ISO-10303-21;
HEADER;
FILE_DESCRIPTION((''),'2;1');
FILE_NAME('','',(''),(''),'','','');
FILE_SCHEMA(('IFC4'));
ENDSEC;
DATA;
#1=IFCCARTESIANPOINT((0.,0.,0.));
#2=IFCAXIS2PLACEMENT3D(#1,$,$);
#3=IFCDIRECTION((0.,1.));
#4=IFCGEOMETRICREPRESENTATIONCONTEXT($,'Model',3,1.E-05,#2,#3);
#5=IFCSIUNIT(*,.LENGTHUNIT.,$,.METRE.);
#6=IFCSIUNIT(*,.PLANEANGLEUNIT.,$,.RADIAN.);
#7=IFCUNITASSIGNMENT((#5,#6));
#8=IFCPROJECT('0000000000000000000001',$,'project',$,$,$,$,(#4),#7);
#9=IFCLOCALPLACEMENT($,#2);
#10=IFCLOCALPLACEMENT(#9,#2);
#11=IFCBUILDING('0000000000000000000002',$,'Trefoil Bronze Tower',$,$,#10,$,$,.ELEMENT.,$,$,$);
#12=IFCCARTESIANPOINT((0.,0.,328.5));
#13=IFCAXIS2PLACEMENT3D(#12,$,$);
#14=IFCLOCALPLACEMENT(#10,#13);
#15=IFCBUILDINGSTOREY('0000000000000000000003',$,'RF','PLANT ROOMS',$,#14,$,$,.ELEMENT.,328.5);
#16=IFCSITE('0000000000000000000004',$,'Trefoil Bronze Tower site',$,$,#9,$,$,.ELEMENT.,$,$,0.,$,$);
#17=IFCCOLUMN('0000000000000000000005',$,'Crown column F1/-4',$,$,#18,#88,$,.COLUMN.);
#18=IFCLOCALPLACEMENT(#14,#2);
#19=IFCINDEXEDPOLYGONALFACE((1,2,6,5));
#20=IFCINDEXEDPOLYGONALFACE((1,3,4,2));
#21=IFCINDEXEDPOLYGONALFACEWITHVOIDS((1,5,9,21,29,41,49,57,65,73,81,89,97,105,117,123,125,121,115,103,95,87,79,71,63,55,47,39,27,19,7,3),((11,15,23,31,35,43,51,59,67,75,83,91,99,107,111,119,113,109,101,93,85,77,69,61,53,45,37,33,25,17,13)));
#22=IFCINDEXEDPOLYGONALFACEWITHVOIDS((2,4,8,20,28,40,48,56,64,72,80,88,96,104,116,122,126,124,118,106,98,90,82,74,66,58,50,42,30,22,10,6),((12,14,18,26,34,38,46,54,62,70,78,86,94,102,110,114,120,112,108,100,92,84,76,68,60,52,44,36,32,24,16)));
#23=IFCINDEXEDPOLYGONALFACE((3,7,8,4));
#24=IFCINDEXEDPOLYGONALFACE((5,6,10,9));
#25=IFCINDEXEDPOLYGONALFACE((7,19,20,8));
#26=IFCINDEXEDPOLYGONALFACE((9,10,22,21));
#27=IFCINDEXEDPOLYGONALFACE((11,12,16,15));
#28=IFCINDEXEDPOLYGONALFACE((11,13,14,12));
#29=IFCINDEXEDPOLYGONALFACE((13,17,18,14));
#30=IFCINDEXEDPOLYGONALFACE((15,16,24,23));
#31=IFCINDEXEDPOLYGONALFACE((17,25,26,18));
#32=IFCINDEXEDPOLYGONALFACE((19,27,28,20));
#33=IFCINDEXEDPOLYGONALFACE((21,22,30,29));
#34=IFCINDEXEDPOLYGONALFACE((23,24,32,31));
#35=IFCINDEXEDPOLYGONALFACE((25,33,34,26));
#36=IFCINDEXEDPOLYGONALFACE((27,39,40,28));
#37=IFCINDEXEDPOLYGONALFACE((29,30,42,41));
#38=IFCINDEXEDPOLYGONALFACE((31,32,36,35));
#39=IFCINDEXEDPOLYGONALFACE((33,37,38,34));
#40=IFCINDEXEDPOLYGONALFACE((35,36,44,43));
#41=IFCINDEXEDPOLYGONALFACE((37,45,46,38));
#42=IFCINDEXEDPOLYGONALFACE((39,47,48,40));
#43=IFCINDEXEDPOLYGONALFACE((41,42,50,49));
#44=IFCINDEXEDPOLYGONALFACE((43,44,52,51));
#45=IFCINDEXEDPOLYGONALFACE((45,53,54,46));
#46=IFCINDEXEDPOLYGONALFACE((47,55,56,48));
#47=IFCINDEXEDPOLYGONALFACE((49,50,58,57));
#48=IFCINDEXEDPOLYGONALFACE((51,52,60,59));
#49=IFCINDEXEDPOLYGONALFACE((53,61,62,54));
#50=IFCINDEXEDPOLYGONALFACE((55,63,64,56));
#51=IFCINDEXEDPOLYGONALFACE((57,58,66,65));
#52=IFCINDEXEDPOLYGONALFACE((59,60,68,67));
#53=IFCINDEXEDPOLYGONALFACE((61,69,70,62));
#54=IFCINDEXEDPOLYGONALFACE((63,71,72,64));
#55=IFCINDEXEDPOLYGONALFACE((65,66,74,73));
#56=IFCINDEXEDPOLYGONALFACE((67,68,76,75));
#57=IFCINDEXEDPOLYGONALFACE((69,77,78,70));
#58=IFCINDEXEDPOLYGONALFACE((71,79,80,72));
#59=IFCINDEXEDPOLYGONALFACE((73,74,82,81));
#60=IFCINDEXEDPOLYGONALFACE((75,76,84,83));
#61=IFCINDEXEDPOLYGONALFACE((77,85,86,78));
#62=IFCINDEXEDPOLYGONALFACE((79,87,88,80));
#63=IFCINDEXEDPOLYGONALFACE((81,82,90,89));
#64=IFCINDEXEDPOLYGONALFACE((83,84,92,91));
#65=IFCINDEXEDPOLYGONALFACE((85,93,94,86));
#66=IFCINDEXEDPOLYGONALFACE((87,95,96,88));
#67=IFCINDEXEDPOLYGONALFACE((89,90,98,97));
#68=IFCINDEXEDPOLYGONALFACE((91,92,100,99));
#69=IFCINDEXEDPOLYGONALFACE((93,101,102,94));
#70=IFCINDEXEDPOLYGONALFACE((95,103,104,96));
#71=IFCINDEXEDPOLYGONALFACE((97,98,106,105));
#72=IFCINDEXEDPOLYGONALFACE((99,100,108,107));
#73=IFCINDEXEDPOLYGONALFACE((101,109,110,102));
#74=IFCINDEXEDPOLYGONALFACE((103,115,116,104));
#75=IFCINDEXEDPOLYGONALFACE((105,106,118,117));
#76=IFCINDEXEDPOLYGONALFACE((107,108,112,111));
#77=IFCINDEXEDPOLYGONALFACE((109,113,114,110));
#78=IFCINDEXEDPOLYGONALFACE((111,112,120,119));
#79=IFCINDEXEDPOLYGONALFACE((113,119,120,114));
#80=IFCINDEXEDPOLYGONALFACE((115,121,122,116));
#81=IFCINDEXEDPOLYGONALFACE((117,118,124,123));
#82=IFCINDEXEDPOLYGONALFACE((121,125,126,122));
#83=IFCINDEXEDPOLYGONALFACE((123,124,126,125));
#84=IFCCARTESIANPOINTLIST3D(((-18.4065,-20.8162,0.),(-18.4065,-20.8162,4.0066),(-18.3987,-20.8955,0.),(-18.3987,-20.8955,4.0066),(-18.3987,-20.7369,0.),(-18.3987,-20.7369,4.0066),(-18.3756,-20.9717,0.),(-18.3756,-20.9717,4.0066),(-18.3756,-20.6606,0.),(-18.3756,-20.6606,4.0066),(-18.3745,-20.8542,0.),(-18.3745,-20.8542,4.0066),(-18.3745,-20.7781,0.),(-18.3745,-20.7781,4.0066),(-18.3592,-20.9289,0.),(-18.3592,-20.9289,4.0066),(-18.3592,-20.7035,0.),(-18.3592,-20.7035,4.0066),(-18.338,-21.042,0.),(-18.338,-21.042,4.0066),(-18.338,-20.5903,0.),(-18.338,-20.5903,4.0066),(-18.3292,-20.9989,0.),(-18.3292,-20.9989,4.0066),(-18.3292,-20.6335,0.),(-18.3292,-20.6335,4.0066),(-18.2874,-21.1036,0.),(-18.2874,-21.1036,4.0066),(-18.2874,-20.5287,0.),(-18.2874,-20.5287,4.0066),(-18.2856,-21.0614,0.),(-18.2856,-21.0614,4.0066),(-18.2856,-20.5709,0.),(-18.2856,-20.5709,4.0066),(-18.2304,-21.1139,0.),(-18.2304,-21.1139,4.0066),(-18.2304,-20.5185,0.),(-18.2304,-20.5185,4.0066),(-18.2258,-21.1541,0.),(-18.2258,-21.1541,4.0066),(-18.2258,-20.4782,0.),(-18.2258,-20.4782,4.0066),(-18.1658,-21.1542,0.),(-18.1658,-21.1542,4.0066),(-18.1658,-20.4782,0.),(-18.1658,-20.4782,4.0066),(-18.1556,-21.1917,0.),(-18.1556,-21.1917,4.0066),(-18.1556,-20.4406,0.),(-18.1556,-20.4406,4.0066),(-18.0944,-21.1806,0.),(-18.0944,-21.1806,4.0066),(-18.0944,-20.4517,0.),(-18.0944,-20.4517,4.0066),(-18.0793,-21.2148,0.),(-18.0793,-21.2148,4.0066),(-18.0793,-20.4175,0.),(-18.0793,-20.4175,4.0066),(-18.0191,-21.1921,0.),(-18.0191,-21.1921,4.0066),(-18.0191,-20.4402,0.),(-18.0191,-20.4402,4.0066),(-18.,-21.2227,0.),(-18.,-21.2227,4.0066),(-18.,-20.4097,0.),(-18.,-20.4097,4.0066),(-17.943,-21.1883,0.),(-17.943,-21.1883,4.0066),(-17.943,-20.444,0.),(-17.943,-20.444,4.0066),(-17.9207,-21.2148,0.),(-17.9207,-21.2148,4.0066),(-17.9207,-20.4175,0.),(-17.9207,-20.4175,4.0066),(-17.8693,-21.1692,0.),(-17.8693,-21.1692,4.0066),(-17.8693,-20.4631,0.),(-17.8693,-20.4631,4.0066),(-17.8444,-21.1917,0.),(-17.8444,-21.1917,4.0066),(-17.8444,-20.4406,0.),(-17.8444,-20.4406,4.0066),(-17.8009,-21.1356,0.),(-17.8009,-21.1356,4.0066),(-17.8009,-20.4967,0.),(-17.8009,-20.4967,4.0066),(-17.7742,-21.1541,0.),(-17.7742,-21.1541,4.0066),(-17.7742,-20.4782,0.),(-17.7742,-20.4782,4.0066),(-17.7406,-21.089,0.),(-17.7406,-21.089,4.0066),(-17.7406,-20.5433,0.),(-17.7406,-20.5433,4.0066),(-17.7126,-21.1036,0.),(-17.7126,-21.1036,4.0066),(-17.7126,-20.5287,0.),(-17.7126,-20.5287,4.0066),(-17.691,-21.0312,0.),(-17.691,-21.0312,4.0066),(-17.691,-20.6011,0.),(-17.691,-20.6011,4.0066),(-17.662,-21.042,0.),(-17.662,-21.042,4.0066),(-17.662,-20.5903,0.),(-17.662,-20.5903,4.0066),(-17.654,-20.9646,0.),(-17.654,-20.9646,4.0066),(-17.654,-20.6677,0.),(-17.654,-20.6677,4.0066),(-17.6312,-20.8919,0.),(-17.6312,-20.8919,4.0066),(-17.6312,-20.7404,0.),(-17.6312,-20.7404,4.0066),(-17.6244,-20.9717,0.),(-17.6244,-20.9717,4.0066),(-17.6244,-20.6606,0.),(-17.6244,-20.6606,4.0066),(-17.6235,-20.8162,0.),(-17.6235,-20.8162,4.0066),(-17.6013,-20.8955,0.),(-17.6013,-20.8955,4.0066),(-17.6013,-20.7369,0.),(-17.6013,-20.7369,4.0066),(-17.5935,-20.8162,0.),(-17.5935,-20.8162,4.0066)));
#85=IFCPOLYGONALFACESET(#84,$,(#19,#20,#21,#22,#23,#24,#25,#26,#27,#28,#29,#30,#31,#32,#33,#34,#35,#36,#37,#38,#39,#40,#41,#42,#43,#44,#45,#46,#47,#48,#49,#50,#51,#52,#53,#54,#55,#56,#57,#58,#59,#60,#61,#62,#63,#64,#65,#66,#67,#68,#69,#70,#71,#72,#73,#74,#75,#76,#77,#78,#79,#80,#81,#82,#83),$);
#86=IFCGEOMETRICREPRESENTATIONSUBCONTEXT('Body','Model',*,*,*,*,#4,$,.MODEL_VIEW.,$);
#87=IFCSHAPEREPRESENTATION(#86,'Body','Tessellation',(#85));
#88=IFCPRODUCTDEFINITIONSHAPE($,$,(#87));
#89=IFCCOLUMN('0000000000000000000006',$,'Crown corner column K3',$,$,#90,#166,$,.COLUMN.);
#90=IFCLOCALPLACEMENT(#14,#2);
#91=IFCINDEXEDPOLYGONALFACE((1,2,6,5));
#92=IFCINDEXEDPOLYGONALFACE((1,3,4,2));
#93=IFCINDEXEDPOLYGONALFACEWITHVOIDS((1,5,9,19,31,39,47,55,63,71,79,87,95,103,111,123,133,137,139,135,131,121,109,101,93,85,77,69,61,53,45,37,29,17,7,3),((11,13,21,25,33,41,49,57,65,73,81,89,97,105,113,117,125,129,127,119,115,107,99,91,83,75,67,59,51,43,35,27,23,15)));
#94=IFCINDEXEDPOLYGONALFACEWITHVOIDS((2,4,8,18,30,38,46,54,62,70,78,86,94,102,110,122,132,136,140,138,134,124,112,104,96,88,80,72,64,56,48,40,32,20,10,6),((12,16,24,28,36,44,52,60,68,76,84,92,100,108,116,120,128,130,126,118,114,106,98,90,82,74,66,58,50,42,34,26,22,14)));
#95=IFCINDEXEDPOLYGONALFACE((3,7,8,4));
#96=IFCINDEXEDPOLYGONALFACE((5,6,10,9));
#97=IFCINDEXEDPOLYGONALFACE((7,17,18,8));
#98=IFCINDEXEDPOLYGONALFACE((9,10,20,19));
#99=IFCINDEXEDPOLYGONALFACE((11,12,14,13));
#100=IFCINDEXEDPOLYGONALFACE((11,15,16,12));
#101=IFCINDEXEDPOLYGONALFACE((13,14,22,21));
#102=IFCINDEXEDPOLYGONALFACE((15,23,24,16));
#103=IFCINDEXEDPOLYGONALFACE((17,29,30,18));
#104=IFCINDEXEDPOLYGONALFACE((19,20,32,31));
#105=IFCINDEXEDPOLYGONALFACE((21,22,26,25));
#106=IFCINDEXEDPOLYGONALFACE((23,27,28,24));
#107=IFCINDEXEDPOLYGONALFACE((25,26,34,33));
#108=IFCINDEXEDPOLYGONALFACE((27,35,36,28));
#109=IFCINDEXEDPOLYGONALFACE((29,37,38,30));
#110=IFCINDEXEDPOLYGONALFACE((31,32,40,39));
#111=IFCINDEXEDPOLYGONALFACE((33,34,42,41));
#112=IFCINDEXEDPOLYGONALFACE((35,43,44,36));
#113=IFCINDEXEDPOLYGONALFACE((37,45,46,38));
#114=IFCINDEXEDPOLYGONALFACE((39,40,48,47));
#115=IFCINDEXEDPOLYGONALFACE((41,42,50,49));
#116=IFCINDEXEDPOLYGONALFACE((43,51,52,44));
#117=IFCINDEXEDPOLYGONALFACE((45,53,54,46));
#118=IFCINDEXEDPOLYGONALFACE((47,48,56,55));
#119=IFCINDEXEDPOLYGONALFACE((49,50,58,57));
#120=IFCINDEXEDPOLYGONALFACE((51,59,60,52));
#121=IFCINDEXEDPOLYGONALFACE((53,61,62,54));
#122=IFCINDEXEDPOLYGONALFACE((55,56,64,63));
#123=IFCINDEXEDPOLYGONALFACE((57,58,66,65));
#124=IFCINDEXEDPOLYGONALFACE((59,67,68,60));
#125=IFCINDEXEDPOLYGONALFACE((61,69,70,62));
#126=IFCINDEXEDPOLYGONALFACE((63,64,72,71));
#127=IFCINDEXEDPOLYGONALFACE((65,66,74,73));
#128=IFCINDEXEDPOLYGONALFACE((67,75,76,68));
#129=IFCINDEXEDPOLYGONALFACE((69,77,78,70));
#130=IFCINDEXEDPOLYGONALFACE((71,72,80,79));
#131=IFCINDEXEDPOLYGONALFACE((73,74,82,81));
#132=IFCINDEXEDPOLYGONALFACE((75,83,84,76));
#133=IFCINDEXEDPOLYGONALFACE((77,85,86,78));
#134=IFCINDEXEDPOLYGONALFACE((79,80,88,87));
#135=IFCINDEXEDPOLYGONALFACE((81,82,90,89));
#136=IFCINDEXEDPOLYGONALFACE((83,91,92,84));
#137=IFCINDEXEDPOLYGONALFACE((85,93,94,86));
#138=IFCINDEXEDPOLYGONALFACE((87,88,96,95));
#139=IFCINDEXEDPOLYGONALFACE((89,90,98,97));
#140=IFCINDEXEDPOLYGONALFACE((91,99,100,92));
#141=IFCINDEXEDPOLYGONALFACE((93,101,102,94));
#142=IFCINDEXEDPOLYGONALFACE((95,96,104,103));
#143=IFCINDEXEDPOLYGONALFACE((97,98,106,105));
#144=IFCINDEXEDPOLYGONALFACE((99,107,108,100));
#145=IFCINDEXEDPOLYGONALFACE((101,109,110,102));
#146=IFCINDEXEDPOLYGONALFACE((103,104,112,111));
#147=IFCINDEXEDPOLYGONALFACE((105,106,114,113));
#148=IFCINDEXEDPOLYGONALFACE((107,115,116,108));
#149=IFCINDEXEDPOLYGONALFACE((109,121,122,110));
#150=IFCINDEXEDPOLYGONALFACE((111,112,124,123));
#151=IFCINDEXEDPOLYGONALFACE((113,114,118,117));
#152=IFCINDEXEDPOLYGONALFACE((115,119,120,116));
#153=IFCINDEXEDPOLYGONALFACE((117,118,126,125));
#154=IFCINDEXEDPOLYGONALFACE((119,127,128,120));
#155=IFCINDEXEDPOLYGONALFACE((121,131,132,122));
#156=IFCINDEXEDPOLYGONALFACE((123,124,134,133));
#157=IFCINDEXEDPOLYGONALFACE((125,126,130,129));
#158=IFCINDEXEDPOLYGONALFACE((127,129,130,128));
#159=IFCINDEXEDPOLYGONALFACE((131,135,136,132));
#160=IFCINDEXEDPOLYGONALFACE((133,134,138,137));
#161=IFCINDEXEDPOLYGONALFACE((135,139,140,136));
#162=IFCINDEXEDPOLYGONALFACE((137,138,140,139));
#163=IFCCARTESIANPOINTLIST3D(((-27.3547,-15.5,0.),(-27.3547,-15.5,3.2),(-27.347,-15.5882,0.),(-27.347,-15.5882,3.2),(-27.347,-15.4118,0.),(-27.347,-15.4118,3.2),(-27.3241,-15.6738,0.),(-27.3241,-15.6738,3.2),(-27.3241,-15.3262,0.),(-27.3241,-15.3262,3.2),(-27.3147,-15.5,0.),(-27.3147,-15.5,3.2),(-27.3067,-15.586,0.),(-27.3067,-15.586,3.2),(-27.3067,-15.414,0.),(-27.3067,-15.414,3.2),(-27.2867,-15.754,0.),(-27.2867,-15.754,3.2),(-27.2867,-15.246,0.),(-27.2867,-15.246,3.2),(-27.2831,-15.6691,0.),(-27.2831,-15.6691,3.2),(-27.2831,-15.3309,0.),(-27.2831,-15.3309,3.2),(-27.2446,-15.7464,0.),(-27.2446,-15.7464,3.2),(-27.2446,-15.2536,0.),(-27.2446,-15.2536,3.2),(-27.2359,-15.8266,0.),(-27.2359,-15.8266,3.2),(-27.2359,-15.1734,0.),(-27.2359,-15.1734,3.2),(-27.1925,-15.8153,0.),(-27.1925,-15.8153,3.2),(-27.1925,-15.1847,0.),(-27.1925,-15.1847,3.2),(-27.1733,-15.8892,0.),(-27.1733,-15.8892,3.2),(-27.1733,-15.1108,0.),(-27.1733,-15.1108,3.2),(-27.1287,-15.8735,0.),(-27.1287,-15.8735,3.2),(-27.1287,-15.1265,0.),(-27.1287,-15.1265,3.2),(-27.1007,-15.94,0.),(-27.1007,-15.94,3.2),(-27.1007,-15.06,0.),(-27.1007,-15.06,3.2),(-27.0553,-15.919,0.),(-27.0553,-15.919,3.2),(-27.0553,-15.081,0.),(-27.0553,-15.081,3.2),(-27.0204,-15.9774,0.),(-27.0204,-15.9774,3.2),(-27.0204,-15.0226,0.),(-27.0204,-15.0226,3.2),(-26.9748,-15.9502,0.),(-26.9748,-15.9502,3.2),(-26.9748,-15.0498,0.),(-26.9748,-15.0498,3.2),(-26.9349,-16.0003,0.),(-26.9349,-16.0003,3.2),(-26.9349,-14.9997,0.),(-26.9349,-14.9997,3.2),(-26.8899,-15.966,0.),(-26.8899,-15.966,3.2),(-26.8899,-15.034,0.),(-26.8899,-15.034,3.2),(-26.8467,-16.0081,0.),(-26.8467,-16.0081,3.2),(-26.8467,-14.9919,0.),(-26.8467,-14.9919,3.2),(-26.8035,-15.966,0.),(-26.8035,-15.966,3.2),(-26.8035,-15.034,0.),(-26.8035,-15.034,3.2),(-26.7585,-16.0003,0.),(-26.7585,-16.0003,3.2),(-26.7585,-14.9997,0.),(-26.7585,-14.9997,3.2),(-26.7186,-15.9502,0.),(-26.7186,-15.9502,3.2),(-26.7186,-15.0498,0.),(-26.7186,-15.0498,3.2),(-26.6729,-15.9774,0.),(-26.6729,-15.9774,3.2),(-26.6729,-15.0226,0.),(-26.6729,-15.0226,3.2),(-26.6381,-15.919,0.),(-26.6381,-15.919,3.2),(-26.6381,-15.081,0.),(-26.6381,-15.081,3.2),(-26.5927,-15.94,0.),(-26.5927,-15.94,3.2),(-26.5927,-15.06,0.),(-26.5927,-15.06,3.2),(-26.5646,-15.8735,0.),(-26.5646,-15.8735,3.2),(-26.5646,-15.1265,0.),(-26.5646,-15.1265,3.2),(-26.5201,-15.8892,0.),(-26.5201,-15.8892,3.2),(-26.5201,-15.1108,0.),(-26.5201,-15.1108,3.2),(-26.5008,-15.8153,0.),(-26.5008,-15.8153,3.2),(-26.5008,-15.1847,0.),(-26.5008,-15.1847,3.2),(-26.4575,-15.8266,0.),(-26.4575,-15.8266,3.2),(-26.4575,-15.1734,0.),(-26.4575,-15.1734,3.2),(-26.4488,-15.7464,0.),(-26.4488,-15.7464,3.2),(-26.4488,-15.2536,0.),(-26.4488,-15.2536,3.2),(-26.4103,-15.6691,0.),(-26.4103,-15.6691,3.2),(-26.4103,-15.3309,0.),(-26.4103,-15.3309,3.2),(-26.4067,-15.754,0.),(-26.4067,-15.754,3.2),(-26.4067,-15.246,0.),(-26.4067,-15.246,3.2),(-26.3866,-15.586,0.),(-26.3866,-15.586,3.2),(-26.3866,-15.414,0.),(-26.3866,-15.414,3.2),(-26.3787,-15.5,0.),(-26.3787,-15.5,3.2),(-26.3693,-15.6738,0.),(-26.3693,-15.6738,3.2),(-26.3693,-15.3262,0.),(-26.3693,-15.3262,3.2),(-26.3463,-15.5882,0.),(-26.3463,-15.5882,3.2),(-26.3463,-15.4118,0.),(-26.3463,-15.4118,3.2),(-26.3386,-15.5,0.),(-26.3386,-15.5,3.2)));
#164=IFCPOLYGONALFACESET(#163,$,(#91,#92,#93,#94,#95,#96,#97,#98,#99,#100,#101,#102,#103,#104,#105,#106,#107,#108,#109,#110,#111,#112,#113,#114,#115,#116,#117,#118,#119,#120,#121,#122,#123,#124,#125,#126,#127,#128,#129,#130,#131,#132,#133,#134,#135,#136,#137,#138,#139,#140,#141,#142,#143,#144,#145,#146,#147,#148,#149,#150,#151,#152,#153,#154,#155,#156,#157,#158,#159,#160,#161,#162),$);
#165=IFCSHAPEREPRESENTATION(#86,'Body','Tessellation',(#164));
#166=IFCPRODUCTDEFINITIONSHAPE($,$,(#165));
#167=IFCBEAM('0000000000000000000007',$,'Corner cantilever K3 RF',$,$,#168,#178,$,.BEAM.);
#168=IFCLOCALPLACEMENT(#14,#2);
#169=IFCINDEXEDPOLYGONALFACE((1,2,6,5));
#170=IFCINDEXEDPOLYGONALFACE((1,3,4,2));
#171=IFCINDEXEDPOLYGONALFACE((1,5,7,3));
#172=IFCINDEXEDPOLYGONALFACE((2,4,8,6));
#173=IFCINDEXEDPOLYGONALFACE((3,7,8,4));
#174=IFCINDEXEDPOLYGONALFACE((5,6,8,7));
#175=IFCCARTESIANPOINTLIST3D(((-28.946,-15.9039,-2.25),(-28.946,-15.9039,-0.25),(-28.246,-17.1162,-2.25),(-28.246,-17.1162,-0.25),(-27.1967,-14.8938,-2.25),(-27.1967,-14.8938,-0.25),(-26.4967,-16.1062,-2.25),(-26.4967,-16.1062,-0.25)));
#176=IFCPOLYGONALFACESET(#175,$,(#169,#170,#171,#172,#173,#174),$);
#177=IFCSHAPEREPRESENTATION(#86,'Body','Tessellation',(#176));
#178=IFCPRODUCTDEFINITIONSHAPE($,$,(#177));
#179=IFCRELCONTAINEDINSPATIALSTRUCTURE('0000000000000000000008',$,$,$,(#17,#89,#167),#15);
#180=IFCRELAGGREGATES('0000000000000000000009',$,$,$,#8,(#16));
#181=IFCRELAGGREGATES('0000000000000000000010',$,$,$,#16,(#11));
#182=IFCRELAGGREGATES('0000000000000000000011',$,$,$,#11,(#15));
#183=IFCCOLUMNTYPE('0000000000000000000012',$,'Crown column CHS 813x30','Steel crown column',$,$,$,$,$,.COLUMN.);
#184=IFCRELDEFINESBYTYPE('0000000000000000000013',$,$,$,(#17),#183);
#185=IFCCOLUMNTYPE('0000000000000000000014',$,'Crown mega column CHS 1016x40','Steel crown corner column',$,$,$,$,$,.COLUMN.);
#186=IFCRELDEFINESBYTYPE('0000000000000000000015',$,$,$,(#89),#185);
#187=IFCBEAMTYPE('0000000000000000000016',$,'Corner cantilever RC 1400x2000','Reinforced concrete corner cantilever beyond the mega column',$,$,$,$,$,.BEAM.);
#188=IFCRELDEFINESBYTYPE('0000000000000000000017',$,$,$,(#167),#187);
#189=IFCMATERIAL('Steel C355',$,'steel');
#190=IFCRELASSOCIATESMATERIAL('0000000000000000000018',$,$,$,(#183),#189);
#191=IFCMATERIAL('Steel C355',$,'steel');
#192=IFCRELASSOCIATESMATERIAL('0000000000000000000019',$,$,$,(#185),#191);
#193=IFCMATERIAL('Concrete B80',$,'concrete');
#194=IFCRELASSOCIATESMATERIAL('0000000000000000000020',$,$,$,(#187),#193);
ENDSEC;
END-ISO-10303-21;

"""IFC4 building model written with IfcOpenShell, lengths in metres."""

from ifc_helpers import new_model, si_unit, direction, frame, origin, origin_2d, place, context, subcontext, project, spatial, rectangle, hollow_circle, extrude, material, material_profile, profile_set, type_object, element, save


model = new_model("IFC4")

# Units and contexts
model_context = context("Model", 3, precision=1e-05, world=origin(), true_north=direction((0.0, 1.0)))
body_context = subcontext(model_context, "Body", "Model", "MODEL_VIEW")
ifc_project = project(units=[si_unit("LENGTHUNIT", "METRE"), si_unit("PLANEANGLEUNIT", "RADIAN")], contexts=[model_context])

# Site, building, storey
site_placement = place(None, origin())
site = spatial("IfcSite", under=ifc_project, at=site_placement, Name="Trefoil Bronze Tower site", CompositionType="ELEMENT", RefElevation=0.0)
building_placement = place(site_placement, origin())
building = spatial("IfcBuilding", under=site, at=building_placement, Name="Trefoil Bronze Tower", CompositionType="ELEMENT")
storey_placement = place(building_placement, frame((0.0, 0.0, 328.5)))
storey = spatial("IfcBuildingStorey", under=building, at=storey_placement, Name="RF", Description="PLANT ROOMS", CompositionType="ELEMENT", Elevation=328.5)

# Columns
ifc_material_1 = material(Name="Steel C355", Category="steel")
ifc_material_profile_1 = material_profile(ifc_material_1, hollow_circle(Radius=0.4065, WallThickness=0.03, at=origin_2d()), Name="CHS 813x30")
ifc_profile_set_1 = profile_set([ifc_material_profile_1], Name="Steel C355")
column_type_1 = type_object("IfcColumnType", Name="Crown column CHS 813x30", Description="Steel crown column", PredefinedType="COLUMN", material=ifc_profile_set_1)
column_1_placement = place(storey_placement, frame((-18.0, -20.8162, 0.0), z_axis=(0.0, 0.0, 1.0), x_axis=(1.0, 0.0, 0.0)))
element("IfcColumn", 1, at=column_1_placement, inside=storey, type_object=column_type_1, Name="Crown column F1/-4", PredefinedType="COLUMN", context=body_context, shape_type="SweptSolid", body=[
    extrude(hollow_circle(Radius=0.4065, WallThickness=0.03, at=origin_2d()), origin(), (0.0, 0.0, 1.0), 4.0066),
])
ifc_material_2 = material(Name="Steel C355", Category="steel")
ifc_material_profile_2 = material_profile(ifc_material_2, hollow_circle(Radius=0.5081, WallThickness=0.04, at=origin_2d()), Name="CHS 1016x40")
ifc_profile_set_2 = profile_set([ifc_material_profile_2], Name="Steel C355")
column_type_2 = type_object("IfcColumnType", Name="Crown mega column CHS 1016x40", Description="Steel crown corner column", PredefinedType="COLUMN", material=ifc_profile_set_2)
column_2_placement = place(storey_placement, frame((-26.8467, -15.5, 0.0), z_axis=(0.0, 0.0, 1.0), x_axis=(1.0, 0.0, 0.0)))
element("IfcColumn", 2, at=column_2_placement, inside=storey, type_object=column_type_2, Name="Crown corner column K3", PredefinedType="COLUMN", context=body_context, shape_type="SweptSolid", body=[
    extrude(hollow_circle(Radius=0.5081, WallThickness=0.04, at=origin_2d()), origin(), (0.0, 0.0, 1.0), 3.2),
])

# Beam
ifc_material_3 = material(Name="Concrete B80", Category="concrete")
ifc_material_profile_3 = material_profile(ifc_material_3, rectangle(XDim=1.3999, YDim=2.0, at=origin_2d()), Name="RC 1400x2000")
ifc_profile_set_3 = profile_set([ifc_material_profile_3], Name="Concrete B80")
beam_type_1 = type_object("IfcBeamType", Name="Corner cantilever RC 1400x2000", Description="Reinforced concrete corner cantilever beyond the mega column", PredefinedType="BEAM", material=ifc_profile_set_3)
beam_1_placement = place(storey_placement, frame((-26.8467, -15.5, -1.25), z_axis=(-0.86601, -0.500026, 0.0), x_axis=(0.500026, -0.86601, 0.0)))
element("IfcBeam", 3, at=beam_1_placement, inside=storey, type_object=beam_type_1, Name="Corner cantilever K3 RF", PredefinedType="BEAM", context=body_context, shape_type="SweptSolid", body=[
    extrude(rectangle(XDim=1.3999, YDim=2.0, at=origin_2d()), origin(), (0.0, 0.0, 1.0), 2.02),
])

save(model, "model.ifc")
